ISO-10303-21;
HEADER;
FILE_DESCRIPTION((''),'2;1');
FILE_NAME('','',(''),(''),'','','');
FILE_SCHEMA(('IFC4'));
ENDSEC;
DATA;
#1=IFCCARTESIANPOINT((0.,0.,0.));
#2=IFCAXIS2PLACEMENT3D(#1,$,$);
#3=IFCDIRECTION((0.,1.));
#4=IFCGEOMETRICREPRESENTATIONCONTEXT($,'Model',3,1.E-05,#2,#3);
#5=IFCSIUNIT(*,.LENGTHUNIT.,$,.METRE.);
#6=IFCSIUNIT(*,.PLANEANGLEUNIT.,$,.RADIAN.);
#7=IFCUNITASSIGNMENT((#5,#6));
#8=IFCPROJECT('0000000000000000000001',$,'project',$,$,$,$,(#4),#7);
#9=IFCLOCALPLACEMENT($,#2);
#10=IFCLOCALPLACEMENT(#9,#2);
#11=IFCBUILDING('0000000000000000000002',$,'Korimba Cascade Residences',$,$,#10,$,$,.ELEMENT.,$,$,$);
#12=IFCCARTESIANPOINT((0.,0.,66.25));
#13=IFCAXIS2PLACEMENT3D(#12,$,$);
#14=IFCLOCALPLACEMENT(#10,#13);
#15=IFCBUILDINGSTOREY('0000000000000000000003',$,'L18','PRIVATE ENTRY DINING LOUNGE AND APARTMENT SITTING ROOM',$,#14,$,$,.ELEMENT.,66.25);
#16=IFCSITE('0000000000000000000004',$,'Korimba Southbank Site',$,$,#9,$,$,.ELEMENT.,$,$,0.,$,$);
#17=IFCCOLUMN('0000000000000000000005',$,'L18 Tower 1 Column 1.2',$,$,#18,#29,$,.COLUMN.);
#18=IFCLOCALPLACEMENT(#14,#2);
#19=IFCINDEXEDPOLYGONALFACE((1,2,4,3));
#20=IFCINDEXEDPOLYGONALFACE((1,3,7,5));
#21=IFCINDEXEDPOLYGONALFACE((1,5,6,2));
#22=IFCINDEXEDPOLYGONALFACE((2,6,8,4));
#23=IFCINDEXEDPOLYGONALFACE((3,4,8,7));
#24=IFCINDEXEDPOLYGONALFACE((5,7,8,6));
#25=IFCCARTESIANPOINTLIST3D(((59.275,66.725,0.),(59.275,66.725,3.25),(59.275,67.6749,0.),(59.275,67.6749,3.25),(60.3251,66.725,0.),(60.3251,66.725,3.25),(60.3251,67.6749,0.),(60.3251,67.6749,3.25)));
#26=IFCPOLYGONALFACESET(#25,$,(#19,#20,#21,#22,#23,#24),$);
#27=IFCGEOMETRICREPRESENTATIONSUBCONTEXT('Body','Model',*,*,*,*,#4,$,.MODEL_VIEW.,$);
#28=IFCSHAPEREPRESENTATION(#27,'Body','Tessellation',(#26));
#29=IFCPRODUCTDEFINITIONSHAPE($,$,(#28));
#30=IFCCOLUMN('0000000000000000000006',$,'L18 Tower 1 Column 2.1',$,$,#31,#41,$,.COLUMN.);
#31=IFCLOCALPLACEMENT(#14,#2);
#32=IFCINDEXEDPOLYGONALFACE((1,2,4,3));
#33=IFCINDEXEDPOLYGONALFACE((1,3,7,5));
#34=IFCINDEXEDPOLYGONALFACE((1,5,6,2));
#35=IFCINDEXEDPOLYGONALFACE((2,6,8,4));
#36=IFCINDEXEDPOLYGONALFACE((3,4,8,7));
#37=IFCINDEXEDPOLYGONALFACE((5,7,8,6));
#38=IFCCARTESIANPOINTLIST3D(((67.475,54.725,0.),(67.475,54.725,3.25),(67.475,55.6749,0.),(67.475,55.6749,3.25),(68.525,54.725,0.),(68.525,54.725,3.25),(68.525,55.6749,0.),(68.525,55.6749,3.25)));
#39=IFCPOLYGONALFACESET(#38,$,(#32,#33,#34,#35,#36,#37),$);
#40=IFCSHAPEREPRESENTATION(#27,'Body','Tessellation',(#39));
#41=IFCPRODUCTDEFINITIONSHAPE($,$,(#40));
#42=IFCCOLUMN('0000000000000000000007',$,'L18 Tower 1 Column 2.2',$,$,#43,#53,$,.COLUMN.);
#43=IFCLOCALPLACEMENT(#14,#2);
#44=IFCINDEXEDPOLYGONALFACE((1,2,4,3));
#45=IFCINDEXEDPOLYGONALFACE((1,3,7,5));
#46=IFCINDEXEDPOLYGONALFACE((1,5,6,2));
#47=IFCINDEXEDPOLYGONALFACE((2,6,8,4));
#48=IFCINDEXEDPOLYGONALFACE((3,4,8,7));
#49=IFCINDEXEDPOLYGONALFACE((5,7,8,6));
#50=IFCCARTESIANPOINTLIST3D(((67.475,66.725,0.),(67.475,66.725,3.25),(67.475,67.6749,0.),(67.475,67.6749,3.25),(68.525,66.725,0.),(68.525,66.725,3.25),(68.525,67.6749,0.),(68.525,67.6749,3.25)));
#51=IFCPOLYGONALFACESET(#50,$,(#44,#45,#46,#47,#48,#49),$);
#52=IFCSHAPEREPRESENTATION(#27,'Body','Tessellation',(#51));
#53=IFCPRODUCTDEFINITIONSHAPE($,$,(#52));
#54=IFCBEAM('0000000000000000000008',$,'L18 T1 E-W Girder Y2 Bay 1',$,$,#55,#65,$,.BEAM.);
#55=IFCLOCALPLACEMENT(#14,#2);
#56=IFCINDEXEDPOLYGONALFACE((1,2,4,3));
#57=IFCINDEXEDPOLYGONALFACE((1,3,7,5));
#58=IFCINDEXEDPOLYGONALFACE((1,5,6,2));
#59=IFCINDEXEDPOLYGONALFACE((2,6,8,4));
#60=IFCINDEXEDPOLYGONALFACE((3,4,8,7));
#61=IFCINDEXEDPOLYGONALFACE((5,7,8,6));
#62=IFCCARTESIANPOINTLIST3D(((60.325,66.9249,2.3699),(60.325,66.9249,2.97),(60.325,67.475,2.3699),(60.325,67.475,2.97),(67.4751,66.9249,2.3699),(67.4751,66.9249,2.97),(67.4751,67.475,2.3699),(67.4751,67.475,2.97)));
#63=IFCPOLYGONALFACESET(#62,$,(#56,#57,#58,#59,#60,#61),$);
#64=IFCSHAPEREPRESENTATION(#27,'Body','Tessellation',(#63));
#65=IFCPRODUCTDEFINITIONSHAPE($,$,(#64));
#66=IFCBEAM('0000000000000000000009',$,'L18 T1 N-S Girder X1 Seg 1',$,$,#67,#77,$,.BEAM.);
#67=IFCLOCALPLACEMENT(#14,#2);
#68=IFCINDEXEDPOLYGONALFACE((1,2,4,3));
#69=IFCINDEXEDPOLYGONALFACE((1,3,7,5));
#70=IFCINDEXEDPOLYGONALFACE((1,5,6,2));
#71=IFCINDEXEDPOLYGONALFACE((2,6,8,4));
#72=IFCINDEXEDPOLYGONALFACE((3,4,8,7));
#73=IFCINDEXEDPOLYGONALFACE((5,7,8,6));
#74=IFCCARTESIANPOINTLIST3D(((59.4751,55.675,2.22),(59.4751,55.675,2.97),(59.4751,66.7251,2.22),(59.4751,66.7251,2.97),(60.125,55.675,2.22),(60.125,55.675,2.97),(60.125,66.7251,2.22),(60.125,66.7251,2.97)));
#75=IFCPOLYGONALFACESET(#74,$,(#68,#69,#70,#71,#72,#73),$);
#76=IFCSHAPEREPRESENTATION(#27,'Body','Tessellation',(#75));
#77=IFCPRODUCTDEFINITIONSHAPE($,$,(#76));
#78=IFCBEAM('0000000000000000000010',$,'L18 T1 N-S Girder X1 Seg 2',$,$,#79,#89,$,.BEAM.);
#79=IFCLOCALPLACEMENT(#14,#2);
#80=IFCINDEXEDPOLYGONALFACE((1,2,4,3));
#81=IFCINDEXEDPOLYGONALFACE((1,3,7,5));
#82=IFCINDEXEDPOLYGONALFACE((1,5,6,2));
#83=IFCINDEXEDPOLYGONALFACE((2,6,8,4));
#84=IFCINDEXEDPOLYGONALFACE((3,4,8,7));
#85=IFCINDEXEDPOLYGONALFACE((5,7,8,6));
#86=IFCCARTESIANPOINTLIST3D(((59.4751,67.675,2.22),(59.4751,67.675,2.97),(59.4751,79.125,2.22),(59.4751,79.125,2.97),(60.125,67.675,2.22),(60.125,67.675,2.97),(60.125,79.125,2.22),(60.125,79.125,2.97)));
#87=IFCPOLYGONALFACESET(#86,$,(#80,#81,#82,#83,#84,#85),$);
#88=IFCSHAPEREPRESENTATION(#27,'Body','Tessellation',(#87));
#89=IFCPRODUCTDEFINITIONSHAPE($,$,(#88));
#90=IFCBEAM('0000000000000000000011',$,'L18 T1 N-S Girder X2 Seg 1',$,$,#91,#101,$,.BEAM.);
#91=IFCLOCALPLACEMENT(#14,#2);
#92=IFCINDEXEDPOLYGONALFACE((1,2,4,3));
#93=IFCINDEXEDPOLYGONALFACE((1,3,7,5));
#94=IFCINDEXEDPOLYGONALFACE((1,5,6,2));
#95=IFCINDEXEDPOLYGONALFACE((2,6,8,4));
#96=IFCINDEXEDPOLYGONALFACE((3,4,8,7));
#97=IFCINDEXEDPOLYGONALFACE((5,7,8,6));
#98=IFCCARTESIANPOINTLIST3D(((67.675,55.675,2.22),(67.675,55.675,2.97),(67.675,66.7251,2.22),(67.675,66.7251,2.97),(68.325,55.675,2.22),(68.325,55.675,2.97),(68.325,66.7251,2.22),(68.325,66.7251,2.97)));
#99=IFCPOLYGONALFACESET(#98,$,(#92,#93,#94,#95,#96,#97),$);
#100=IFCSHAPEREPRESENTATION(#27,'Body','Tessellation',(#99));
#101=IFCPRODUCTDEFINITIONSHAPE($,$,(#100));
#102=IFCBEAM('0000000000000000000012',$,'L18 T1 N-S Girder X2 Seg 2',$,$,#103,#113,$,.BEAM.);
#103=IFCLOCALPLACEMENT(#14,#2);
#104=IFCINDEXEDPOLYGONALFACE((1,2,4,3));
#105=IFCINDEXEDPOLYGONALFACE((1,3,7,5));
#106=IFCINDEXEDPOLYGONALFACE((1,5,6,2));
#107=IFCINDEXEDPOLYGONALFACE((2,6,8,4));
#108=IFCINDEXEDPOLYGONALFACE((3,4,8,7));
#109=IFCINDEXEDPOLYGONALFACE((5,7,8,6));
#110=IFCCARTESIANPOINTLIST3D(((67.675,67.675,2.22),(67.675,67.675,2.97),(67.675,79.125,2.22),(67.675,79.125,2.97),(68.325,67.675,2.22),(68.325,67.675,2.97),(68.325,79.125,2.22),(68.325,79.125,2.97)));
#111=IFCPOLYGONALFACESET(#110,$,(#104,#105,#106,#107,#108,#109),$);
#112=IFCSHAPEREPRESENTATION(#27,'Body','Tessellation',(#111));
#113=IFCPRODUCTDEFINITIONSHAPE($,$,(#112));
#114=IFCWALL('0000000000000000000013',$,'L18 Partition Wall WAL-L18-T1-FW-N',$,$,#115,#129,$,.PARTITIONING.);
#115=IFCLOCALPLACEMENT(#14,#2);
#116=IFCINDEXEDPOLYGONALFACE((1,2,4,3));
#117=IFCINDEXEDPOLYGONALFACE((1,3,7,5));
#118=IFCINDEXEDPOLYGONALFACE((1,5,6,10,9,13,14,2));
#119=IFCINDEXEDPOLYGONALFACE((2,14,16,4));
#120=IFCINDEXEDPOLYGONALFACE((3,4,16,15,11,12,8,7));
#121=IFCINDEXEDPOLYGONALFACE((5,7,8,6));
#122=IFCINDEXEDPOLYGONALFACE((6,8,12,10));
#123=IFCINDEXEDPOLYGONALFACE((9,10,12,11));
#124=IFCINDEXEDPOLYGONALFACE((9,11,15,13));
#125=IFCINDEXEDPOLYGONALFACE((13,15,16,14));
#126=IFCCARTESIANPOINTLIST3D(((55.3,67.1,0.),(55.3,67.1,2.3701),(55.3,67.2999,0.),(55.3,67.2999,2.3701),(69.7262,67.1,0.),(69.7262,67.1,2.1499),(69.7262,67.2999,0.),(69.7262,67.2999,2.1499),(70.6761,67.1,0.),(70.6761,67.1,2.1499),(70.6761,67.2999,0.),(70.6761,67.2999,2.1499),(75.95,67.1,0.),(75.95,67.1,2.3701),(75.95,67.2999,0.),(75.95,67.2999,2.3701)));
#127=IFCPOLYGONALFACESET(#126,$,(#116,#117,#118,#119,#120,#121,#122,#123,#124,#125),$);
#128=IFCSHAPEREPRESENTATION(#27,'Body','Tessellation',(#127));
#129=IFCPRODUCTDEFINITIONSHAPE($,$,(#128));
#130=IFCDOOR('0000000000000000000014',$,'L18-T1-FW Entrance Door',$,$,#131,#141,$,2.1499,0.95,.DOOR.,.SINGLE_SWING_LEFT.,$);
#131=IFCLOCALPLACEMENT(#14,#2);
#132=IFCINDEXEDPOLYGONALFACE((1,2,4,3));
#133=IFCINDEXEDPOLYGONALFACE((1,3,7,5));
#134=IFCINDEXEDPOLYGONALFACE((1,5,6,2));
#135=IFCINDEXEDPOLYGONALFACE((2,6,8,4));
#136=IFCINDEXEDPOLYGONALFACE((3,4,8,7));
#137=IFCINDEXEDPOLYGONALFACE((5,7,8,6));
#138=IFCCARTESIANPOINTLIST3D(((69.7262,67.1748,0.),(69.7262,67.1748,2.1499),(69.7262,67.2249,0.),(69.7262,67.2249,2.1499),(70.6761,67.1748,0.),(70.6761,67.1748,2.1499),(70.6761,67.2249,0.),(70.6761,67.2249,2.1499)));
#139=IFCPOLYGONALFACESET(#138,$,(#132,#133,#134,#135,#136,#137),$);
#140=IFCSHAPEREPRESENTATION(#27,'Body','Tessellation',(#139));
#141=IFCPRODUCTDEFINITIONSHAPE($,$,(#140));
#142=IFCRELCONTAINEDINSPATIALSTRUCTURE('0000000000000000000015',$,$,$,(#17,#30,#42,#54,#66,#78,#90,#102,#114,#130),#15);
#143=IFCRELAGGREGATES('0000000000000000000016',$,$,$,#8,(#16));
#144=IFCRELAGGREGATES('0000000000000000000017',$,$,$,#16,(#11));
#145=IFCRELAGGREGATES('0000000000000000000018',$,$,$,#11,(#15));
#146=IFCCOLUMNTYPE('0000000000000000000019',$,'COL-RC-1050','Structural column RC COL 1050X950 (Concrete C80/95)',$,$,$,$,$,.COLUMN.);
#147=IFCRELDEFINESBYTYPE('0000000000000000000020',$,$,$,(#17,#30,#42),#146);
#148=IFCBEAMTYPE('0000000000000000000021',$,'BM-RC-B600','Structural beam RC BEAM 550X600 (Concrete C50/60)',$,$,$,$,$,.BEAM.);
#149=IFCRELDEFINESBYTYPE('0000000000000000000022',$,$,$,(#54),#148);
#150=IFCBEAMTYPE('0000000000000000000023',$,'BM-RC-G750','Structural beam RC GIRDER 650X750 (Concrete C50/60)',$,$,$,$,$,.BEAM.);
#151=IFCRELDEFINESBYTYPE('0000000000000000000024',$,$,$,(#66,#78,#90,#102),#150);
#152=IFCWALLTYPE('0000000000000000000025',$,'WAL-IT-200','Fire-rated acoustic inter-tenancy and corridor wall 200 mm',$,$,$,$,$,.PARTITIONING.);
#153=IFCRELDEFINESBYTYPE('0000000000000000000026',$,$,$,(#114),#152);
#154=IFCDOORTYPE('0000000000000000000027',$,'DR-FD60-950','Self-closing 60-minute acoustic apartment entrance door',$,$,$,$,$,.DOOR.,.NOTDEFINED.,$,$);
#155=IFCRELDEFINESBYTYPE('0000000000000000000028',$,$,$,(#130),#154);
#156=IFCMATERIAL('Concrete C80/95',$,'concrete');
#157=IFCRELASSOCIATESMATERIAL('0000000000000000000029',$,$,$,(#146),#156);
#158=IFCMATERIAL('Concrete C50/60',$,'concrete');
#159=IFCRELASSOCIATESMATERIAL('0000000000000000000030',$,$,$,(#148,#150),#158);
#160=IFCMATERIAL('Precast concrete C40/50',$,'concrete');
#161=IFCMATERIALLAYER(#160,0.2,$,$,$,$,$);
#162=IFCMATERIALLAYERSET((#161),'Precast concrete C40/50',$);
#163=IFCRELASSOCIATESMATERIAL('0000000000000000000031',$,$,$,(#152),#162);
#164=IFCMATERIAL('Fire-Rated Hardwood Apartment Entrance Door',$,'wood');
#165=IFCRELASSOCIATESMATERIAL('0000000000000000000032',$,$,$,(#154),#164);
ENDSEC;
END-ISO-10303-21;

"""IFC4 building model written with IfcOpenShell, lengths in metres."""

from ifc_helpers import new_model, si_unit, direction, frame, frame_2d, origin, origin_2d, place, context, subcontext, project, spatial, rectangle, extrude, material, layer, layer_set, material_profile, profile_set, type_object, element, fill, save


model = new_model("IFC4")

# Units and contexts
model_context = context("Model", 3, precision=1e-05, world=origin(), true_north=direction((0.0, 1.0)))
body_context = subcontext(model_context, "Body", "Model", "MODEL_VIEW")
ifc_project = project(units=[si_unit("LENGTHUNIT", "METRE"), si_unit("PLANEANGLEUNIT", "RADIAN")], contexts=[model_context])

# Site, building, storey
site_placement = place(None, origin())
site = spatial("IfcSite", under=ifc_project, at=site_placement, Name="Korimba Southbank Site", CompositionType="ELEMENT", RefElevation=0.0)
building_placement = place(site_placement, origin())
building = spatial("IfcBuilding", under=site, at=building_placement, Name="Korimba Cascade Residences", CompositionType="ELEMENT")
storey_placement = place(building_placement, frame((0.0, 0.0, 66.25)))
storey = spatial("IfcBuildingStorey", under=building, at=storey_placement, Name="L18", Description="PRIVATE ENTRY DINING LOUNGE AND APARTMENT SITTING ROOM", CompositionType="ELEMENT", Elevation=66.25)

# Columns
ifc_material_1 = material(Name="Concrete C80/95", Category="concrete")
ifc_material_profile_1 = material_profile(ifc_material_1, rectangle(XDim=1.05, YDim=0.95, at=origin_2d()), Name="Concrete C80/95")
ifc_profile_set_1 = profile_set([ifc_material_profile_1], Name="Concrete C80/95")
column_type = type_object("IfcColumnType", Name="COL-RC-1050", Description="Structural column RC COL 1050X950 (Concrete C80/95)", PredefinedType="COLUMN", material=ifc_profile_set_1)
for number, where, z_axis, x_axis, name in (
    (1, (59.8, 67.2, 0.0), (0.0, 0.0, 1.0), (1.0, 0.0, 0.0), "L18 Tower 1 Column 1.2"),
    (2, (68.0, 55.2, 0.0), (0.0, 0.0, 1.0), (1.0, 0.0, 0.0), "L18 Tower 1 Column 2.1"),
    (3, (68.0, 67.2, 0.0), (0.0, 0.0, 1.0), (1.0, 0.0, 0.0), "L18 Tower 1 Column 2.2"),
):
    element("IfcColumn", number, at=place(storey_placement, frame(where, z_axis=z_axis, x_axis=x_axis)), inside=storey, type_object=column_type, Name=name, PredefinedType="COLUMN", context=body_context, shape_type="SweptSolid", body=[
        extrude(rectangle(XDim=1.05, YDim=0.95, at=origin_2d()), origin(), (0.0, 0.0, 1.0), 3.25),
    ])

# Beams
ifc_material_2 = material(Name="Concrete C50/60", Category="concrete")
ifc_material_profile_2 = material_profile(ifc_material_2, rectangle(XDim=0.55, YDim=0.6001, at=origin_2d()), Name="Concrete C50/60")
ifc_profile_set_2 = profile_set([ifc_material_profile_2], Name="Concrete C50/60")
beam_type_1 = type_object("IfcBeamType", Name="BM-RC-B600", Description="Structural beam RC BEAM 550X600 (Concrete C50/60)", PredefinedType="BEAM", material=ifc_profile_set_2)
beam_1_placement = place(storey_placement, frame((60.325, 67.2, 2.6699), z_axis=(1.0, 0.0, 0.0), x_axis=(0.0, 1.0, 0.0)))
element("IfcBeam", 4, at=beam_1_placement, inside=storey, type_object=beam_type_1, Name="L18 T1 E-W Girder Y2 Bay 1", PredefinedType="BEAM", context=body_context, shape_type="SweptSolid", body=[
    extrude(rectangle(XDim=0.55, YDim=0.6001, at=origin_2d()), origin(), (0.0, 0.0, 1.0), 7.1501),
])
ifc_material_profile_3 = material_profile(ifc_material_2, rectangle(XDim=0.6499, YDim=0.75, at=origin_2d()), Name="Concrete C50/60")
ifc_profile_set_3 = profile_set([ifc_material_profile_3], Name="Concrete C50/60")
beam_type_2 = type_object("IfcBeamType", Name="BM-RC-G750", Description="Structural beam RC GIRDER 650X750 (Concrete C50/60)", PredefinedType="BEAM", material=ifc_profile_set_3)
beam_2_placement = place(storey_placement, frame((59.8, 55.675, 2.595), z_axis=(0.0, 1.0, 0.0), x_axis=(-1.0, 0.0, 0.0)))
element("IfcBeam", 5, at=beam_2_placement, inside=storey, type_object=beam_type_2, Name="L18 T1 N-S Girder X1 Seg 1", PredefinedType="BEAM", context=body_context, shape_type="SweptSolid", body=[
    extrude(rectangle(XDim=0.6499, YDim=0.75, at=origin_2d()), origin(), (0.0, 0.0, 1.0), 11.05),
])
beam_3_placement = place(storey_placement, frame((59.8, 67.675, 2.595), z_axis=(0.0, 1.0, 0.0), x_axis=(-1.0, 0.0, 0.0)))
element("IfcBeam", 6, at=beam_3_placement, inside=storey, type_object=beam_type_2, Name="L18 T1 N-S Girder X1 Seg 2", PredefinedType="BEAM", context=body_context, shape_type="SweptSolid", body=[
    extrude(rectangle(XDim=0.6499, YDim=0.75, at=origin_2d()), origin(), (0.0, 0.0, 1.0), 11.45),
])
beam_4_placement = place(storey_placement, frame((68.0, 55.675, 2.595), z_axis=(0.0, 1.0, 0.0), x_axis=(-1.0, 0.0, 0.0)))
element("IfcBeam", 7, at=beam_4_placement, inside=storey, type_object=beam_type_2, Name="L18 T1 N-S Girder X2 Seg 1", PredefinedType="BEAM", context=body_context, shape_type="SweptSolid", body=[
    extrude(rectangle(XDim=0.6499, YDim=0.75, at=origin_2d()), origin(), (0.0, 0.0, 1.0), 11.05),
])
beam_5_placement = place(storey_placement, frame((68.0, 67.675, 2.595), z_axis=(0.0, 1.0, 0.0), x_axis=(-1.0, 0.0, 0.0)))
element("IfcBeam", 8, at=beam_5_placement, inside=storey, type_object=beam_type_2, Name="L18 T1 N-S Girder X2 Seg 2", PredefinedType="BEAM", context=body_context, shape_type="SweptSolid", body=[
    extrude(rectangle(XDim=0.6499, YDim=0.75, at=origin_2d()), origin(), (0.0, 0.0, 1.0), 11.45),
])

# Wall, opening, door
ifc_material_3 = material(Name="Precast concrete C40/50", Category="concrete")
ifc_layer_1 = layer(ifc_material_3, 0.2)
ifc_layer_set_1 = layer_set([ifc_layer_1], Name="Precast concrete C40/50")
wall_type_1 = type_object("IfcWallType", Name="WAL-IT-200", Description="Fire-rated acoustic inter-tenancy and corridor wall 200 mm", PredefinedType="PARTITIONING", material=ifc_layer_set_1)
wall_1_placement = place(storey_placement, frame((55.3, 67.2, 0.0), z_axis=(0.0, 0.0, 1.0), x_axis=(1.0, 0.0, 0.0)))
wall_1 = element("IfcWall", 9, at=wall_1_placement, inside=storey, type_object=wall_type_1, Name="L18 Partition Wall WAL-L18-T1-FW-N", PredefinedType="PARTITIONING", context=body_context, shape_type="SweptSolid", body=[
    extrude(rectangle(XDim=20.6499, YDim=0.2, at=frame_2d((10.325, 0.0))), origin(), (0.0, 0.0, 1.0), 2.3701),
])
opening_1_placement = place(wall_1_placement, frame((14.426, 0.0, 0.0)))
opening_1 = element("IfcOpeningElement", 10, at=opening_1_placement, cuts=wall_1, PredefinedType="OPENING", context=body_context, shape_type="SweptSolid", body=[
    extrude(rectangle(XDim=0.95, YDim=2.1499, at=frame_2d((0.4751, 1.075))), frame((0.0, 0.1099, 0.0), z_axis=(0.0, -1.0, 0.0), x_axis=(1.0, 0.0, 0.0)), (0.0, 0.0, 1.0), 0.22),
])
ifc_material_4 = material(Name="Fire-Rated Hardwood Apartment Entrance Door", Category="wood")
door_type_1 = type_object("IfcDoorType", Name="DR-FD60-950", Description="Self-closing 60-minute acoustic apartment entrance door", OperationType="NOTDEFINED", PredefinedType="DOOR", material=ifc_material_4)
door_1_placement = place(opening_1_placement, origin())
door_1 = element("IfcDoor", 11, at=door_1_placement, inside=storey, type_object=door_type_1, Name="L18-T1-FW Entrance Door", OperationType="SINGLE_SWING_LEFT", OverallHeight=2.1499, OverallWidth=0.95, PredefinedType="DOOR", context=body_context, shape_type="SweptSolid", body=[
    extrude(rectangle(XDim=0.95, YDim=2.1499, at=frame_2d((0.4751, 1.075))), frame((0.0, 0.0249, 0.0), z_axis=(0.0, -1.0, 0.0), x_axis=(1.0, 0.0, 0.0)), (0.0, 0.0, 1.0), 0.05),
])
fill(opening_1, door_1)

save(model, "model.ifc")
